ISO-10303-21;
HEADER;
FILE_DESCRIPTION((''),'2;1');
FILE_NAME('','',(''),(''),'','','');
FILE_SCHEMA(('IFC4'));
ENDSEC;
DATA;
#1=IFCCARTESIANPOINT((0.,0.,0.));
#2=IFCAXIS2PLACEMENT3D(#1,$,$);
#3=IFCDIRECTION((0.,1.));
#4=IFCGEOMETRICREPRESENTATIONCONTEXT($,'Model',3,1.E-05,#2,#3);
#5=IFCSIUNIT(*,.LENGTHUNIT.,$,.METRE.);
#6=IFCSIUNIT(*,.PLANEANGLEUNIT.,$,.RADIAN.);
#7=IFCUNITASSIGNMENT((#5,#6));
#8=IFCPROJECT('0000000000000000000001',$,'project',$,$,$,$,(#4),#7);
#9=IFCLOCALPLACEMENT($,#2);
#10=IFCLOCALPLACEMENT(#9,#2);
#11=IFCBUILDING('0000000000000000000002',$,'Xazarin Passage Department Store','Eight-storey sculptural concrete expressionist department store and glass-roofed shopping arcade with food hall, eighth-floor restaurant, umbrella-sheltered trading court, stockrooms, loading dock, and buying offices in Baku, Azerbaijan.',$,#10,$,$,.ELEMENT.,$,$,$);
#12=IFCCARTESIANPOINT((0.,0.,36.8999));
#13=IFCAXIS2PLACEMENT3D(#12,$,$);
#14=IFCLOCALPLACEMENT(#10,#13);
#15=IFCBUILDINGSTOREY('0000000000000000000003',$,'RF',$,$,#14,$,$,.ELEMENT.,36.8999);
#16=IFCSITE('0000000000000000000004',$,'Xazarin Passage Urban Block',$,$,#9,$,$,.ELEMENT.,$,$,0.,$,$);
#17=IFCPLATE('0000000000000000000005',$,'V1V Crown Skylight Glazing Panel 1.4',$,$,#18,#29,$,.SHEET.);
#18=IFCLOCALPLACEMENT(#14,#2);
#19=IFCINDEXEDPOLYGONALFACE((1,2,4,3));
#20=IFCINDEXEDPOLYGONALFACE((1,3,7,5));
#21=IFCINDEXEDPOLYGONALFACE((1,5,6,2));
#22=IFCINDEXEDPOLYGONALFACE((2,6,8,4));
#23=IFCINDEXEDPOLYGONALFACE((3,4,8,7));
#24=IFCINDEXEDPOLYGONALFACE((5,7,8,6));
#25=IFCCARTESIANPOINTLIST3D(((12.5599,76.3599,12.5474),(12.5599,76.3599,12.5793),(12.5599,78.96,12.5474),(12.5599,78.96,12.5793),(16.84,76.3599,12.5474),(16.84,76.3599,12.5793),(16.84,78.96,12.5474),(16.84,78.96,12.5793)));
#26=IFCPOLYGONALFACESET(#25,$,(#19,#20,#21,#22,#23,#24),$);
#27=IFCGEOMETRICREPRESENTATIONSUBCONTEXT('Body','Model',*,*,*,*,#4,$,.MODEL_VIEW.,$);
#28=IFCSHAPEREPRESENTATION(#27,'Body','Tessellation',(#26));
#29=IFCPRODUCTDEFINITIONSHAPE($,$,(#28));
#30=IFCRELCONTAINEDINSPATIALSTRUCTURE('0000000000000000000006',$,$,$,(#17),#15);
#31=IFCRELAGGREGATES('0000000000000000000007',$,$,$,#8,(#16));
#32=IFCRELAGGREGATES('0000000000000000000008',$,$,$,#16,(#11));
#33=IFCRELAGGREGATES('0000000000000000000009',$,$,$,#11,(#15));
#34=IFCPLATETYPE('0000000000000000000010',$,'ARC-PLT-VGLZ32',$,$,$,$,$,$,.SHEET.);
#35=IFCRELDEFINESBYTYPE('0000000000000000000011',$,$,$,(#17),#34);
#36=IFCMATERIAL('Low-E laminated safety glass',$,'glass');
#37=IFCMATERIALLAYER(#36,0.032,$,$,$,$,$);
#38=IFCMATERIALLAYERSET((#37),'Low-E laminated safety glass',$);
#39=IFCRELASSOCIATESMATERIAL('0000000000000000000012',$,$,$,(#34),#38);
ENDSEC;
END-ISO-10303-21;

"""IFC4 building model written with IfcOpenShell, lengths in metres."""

from ifc_helpers import new_model, si_unit, direction, frame, origin, origin_2d, place, context, subcontext, project, spatial, rectangle, extrude, material, layer, layer_set, type_object, element, save


model = new_model("IFC4")

# Units and contexts
model_context = context("Model", 3, precision=1e-05, world=origin(), true_north=direction((0.0, 1.0)))
body_context = subcontext(model_context, "Body", "Model", "MODEL_VIEW")
ifc_project = project(units=[si_unit("LENGTHUNIT", "METRE"), si_unit("PLANEANGLEUNIT", "RADIAN")], contexts=[model_context])

# Site, building, storey
site_placement = place(None, origin())
site = spatial("IfcSite", under=ifc_project, at=site_placement, Name="Xazarin Passage Urban Block", CompositionType="ELEMENT", RefElevation=0.0)
building_placement = place(site_placement, origin())
building = spatial("IfcBuilding", under=site, at=building_placement, Name="Xazarin Passage Department Store", Description="Eight-storey sculptural concrete expressionist department store and glass-roofed shopping arcade with food hall, eighth-floor restaurant, umbrella-sheltered trading court, stockrooms, loading dock, and buying offices in Baku, Azerbaijan.", CompositionType="ELEMENT")
storey_placement = place(building_placement, frame((0.0, 0.0, 36.8999)))
storey = spatial("IfcBuildingStorey", under=building, at=storey_placement, Name="RF", CompositionType="ELEMENT", Elevation=36.8999)

# Plate
ifc_material_1 = material(Name="Low-E laminated safety glass", Category="glass")
ifc_layer_1 = layer(ifc_material_1, 0.032)
ifc_layer_set_1 = layer_set([ifc_layer_1], Name="Low-E laminated safety glass")
plate_type_1 = type_object("IfcPlateType", Name="ARC-PLT-VGLZ32", PredefinedType="SHEET", material=ifc_layer_set_1)
plate_1_placement = place(storey_placement, frame((14.7, 77.6599, 12.5474), z_axis=(0.0, 0.0, 1.0), x_axis=(1.0, 0.0, 0.0)))
element("IfcPlate", 1, at=plate_1_placement, inside=storey, type_object=plate_type_1, Name="V1V Crown Skylight Glazing Panel 1.4", PredefinedType="SHEET", context=body_context, shape_type="SweptSolid", body=[
    extrude(rectangle(XDim=4.28, YDim=2.6001, at=origin_2d()), origin(), (0.0, 0.0, 1.0), 0.032),
])

save(model, "model.ifc")
